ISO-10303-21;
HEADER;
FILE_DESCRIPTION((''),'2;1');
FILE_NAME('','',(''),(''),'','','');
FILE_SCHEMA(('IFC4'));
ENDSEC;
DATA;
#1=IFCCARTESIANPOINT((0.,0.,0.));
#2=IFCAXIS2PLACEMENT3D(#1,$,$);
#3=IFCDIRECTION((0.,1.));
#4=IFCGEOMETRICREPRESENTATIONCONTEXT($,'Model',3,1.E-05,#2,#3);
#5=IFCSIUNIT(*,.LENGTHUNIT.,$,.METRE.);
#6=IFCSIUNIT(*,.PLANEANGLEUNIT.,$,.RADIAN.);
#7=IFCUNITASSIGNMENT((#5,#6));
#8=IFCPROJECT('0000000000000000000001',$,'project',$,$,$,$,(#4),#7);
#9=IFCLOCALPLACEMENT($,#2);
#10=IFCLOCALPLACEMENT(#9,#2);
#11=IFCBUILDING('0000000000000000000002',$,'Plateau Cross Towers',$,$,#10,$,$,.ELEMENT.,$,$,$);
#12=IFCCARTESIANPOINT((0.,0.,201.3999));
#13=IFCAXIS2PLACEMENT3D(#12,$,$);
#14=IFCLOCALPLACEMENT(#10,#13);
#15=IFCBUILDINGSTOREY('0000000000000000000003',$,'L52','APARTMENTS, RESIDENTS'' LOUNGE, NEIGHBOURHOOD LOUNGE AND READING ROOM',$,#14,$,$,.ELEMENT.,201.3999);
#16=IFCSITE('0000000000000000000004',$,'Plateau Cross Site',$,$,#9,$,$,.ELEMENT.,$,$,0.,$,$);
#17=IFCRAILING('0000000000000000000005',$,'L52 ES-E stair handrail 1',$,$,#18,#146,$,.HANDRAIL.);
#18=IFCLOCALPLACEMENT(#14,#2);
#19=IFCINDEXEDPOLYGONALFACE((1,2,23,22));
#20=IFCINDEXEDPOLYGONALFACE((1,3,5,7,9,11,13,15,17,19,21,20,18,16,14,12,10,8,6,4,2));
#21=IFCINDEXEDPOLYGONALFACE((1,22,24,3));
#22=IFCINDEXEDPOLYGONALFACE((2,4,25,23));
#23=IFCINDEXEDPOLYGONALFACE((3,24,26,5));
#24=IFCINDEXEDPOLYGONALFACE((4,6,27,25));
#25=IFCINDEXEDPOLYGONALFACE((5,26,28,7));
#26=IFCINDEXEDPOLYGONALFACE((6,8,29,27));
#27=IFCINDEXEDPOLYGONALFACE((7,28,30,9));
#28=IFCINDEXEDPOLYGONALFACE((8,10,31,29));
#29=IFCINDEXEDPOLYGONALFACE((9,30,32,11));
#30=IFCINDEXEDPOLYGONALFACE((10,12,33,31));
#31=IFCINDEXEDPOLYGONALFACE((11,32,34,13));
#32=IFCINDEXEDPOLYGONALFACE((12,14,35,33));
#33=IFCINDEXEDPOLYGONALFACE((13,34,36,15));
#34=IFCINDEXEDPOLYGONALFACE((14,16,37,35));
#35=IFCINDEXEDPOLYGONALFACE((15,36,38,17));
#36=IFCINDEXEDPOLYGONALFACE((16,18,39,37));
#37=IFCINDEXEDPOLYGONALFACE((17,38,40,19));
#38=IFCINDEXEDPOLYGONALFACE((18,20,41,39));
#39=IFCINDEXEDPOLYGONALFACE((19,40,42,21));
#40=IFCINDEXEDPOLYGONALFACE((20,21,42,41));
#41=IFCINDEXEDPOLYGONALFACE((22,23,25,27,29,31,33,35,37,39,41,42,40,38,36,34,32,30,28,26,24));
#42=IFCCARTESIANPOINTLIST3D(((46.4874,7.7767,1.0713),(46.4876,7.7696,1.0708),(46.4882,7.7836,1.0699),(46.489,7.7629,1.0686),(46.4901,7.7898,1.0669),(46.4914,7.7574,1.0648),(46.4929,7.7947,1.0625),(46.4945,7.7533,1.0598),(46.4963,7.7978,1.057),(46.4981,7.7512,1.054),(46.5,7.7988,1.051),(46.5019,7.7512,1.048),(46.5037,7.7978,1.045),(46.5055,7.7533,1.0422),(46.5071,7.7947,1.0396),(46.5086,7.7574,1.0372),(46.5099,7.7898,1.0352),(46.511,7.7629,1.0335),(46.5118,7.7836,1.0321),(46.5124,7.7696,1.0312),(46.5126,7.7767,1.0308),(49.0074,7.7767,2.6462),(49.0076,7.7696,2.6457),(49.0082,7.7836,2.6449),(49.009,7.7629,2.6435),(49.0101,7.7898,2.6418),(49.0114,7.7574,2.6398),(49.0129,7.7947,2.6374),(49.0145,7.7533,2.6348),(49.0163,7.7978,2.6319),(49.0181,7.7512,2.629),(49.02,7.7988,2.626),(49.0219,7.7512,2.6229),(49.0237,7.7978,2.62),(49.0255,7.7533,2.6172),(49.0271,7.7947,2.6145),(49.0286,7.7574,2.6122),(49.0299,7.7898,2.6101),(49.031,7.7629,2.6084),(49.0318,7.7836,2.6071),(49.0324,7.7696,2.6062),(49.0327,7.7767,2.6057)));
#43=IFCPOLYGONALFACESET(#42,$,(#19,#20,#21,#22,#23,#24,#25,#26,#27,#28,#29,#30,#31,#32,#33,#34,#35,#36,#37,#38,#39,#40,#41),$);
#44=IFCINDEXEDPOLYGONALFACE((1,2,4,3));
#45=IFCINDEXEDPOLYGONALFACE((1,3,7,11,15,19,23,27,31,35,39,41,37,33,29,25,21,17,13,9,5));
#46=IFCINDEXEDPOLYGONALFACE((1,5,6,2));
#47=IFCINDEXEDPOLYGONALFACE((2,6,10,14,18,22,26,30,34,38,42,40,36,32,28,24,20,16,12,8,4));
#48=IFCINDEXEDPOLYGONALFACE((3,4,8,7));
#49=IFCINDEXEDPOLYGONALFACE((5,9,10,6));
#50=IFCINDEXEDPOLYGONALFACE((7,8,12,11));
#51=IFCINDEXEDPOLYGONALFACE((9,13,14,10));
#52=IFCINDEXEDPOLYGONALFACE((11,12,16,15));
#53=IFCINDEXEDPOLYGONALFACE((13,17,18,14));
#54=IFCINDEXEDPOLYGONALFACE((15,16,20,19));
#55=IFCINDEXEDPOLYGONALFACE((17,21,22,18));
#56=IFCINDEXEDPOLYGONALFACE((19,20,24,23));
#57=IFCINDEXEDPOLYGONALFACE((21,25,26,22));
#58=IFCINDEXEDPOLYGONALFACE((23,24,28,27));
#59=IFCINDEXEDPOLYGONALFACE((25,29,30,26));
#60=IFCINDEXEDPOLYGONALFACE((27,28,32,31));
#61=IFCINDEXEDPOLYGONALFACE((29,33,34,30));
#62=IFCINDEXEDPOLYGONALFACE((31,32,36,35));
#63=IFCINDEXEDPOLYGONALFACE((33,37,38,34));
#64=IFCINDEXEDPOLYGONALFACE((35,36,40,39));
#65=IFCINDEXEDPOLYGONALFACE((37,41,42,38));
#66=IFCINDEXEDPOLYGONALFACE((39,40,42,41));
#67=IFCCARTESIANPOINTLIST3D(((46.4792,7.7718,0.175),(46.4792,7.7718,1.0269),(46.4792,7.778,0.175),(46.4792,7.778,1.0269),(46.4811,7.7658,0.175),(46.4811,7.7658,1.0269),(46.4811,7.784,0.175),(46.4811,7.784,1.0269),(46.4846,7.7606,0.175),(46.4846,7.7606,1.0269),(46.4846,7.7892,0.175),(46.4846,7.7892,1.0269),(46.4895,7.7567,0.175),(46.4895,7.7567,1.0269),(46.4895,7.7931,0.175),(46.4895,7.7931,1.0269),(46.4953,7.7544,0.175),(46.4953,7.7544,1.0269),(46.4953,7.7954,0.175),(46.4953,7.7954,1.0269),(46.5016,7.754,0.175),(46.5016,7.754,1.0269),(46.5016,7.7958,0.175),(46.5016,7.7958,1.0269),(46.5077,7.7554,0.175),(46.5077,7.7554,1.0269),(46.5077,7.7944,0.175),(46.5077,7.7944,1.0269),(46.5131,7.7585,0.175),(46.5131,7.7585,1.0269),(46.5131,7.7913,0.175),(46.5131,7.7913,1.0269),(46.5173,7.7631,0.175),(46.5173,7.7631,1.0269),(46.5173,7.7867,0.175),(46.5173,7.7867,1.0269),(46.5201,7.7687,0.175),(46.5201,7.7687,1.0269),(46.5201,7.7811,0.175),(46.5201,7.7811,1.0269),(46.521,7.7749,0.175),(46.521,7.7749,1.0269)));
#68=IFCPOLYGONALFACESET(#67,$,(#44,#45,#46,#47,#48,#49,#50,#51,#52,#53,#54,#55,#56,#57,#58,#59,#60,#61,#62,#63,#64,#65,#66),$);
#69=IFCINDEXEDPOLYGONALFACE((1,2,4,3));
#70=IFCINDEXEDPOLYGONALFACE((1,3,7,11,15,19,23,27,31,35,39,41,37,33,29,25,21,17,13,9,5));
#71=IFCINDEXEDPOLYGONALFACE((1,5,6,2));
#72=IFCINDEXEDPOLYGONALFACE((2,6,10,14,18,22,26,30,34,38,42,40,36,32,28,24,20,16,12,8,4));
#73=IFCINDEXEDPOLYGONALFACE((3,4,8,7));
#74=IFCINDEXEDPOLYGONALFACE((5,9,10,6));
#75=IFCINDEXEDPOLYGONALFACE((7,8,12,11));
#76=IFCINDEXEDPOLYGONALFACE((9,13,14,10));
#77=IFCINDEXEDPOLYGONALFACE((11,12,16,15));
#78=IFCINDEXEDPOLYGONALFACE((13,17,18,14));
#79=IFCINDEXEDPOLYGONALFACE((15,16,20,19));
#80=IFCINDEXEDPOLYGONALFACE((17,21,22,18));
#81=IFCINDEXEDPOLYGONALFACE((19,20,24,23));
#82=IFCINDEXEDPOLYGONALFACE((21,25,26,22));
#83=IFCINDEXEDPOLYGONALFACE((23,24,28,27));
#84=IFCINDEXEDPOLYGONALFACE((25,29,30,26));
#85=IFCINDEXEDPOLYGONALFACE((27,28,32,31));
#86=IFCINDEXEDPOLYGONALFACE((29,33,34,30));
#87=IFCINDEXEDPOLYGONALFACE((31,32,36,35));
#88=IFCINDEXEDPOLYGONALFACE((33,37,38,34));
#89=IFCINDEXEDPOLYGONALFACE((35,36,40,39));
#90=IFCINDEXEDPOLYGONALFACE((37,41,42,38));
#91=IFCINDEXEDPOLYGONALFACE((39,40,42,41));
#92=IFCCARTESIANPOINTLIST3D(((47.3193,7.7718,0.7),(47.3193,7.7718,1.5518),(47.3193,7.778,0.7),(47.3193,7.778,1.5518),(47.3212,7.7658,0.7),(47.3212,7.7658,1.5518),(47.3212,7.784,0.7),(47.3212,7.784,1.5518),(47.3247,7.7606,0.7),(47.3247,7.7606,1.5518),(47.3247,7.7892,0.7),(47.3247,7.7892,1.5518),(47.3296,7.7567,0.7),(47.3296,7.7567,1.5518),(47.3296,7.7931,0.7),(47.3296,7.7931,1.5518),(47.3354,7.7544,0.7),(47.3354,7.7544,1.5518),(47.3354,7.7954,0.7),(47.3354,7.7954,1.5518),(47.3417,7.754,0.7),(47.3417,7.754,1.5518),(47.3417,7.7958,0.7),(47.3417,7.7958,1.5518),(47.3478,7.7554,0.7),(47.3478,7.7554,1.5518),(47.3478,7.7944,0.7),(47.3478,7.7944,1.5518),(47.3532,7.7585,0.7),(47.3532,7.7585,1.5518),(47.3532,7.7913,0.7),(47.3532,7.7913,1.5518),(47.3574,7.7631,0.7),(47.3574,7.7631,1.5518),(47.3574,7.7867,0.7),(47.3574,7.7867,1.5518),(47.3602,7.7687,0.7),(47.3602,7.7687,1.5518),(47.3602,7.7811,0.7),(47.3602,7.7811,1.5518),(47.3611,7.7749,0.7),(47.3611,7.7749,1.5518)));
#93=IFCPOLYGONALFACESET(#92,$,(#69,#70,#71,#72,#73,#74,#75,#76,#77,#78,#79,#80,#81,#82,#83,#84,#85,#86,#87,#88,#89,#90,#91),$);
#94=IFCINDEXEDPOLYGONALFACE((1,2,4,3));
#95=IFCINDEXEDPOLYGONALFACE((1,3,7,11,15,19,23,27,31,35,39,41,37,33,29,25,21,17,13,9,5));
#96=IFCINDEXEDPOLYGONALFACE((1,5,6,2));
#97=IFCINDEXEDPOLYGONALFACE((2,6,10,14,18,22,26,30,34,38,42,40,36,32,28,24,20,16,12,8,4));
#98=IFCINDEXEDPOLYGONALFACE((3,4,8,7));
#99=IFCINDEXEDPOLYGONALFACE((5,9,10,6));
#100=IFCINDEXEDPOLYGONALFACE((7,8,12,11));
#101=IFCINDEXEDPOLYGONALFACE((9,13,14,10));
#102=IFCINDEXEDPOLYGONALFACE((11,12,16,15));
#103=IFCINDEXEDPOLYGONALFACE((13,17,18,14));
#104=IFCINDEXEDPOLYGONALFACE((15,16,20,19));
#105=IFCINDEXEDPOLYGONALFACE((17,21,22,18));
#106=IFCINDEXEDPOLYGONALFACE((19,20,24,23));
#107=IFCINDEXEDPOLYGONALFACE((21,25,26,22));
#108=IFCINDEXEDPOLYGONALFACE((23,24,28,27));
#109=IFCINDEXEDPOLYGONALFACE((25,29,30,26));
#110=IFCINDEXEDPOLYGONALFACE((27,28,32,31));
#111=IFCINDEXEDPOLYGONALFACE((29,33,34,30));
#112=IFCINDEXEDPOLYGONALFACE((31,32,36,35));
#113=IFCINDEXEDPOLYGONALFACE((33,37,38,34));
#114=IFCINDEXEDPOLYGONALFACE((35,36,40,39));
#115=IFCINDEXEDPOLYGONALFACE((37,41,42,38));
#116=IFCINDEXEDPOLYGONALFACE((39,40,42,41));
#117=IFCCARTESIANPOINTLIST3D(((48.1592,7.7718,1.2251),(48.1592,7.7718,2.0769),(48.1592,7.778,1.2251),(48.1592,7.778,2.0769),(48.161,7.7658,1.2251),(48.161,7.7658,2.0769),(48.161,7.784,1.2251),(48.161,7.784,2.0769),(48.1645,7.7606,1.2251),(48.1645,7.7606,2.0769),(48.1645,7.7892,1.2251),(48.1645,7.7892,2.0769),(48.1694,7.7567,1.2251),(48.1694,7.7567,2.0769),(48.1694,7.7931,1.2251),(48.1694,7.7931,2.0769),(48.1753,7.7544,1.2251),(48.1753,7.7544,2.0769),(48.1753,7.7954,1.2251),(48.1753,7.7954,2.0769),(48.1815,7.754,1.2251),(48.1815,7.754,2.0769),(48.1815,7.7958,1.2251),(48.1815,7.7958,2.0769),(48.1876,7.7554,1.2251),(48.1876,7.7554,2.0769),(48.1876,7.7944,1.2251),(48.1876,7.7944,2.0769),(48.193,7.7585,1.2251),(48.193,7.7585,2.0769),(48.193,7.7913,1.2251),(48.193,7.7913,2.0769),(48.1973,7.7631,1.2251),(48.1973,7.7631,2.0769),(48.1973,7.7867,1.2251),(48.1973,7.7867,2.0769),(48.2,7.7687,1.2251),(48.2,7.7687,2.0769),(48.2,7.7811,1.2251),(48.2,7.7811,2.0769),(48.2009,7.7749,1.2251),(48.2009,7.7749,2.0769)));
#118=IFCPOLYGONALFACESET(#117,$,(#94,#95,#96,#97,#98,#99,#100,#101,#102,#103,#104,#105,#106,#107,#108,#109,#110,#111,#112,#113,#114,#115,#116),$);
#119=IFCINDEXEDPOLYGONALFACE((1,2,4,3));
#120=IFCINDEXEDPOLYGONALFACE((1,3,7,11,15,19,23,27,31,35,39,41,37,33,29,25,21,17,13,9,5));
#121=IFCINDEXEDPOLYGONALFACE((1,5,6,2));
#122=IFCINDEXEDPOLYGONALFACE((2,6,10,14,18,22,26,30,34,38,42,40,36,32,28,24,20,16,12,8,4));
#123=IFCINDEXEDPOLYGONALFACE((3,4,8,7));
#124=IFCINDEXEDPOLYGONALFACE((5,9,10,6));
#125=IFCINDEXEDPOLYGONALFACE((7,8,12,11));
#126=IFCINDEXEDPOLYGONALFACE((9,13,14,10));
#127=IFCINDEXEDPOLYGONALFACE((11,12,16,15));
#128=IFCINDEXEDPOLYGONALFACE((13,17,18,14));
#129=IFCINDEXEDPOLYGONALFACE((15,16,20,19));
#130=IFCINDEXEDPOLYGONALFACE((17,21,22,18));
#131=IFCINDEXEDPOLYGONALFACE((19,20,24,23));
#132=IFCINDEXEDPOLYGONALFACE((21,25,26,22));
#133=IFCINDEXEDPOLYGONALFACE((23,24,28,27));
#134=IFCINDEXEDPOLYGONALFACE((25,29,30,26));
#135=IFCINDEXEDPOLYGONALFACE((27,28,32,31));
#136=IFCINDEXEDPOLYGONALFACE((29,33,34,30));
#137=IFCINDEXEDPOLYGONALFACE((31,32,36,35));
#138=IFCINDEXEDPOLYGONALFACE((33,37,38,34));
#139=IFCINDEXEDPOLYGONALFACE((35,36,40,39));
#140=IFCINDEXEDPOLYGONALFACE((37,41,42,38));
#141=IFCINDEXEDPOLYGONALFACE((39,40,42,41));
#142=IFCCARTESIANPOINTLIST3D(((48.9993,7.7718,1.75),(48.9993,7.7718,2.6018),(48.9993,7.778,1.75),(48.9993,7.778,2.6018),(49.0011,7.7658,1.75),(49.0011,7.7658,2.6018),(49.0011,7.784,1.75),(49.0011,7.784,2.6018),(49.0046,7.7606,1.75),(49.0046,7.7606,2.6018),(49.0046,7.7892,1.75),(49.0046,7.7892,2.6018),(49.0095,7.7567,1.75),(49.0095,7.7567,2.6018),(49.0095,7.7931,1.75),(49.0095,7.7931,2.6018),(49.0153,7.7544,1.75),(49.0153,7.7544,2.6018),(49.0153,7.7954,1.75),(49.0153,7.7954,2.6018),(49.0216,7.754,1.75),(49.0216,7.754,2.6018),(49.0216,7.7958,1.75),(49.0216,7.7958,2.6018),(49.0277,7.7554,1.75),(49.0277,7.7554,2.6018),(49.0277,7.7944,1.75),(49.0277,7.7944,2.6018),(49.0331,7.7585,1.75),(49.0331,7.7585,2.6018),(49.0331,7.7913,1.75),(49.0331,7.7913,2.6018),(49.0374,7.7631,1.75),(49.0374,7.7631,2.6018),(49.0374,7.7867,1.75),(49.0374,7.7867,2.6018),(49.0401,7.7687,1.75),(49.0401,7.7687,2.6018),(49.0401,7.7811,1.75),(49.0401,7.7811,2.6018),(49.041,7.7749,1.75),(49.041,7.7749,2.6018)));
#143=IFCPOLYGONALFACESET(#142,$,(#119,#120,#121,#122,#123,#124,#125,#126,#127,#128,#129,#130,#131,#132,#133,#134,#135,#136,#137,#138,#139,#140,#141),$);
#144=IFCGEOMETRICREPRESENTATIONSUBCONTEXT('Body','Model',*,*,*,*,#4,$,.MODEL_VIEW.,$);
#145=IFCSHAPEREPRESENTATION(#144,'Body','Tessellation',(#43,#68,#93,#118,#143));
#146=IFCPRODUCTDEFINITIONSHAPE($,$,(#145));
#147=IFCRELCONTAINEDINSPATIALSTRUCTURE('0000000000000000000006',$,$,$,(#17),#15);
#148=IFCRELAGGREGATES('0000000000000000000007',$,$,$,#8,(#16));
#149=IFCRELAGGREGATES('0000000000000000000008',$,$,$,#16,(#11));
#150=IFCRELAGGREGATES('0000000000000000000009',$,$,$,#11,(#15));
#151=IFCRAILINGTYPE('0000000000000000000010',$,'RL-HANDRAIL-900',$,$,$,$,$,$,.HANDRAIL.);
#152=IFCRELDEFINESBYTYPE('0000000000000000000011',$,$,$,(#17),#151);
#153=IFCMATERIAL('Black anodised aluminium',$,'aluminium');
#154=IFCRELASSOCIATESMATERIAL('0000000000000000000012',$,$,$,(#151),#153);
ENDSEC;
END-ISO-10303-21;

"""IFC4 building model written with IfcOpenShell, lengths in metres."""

from ifc_helpers import new_model, si_unit, direction, frame, origin, origin_2d, place, context, subcontext, project, spatial, circle, extrude, material, type_object, element, save


model = new_model("IFC4")

# Units and contexts
model_context = context("Model", 3, precision=1e-05, world=origin(), true_north=direction((0.0, 1.0)))
body_context = subcontext(model_context, "Body", "Model", "MODEL_VIEW")
ifc_project = project(units=[si_unit("LENGTHUNIT", "METRE"), si_unit("PLANEANGLEUNIT", "RADIAN")], contexts=[model_context])

# Site, building, storey
site_placement = place(None, origin())
site = spatial("IfcSite", under=ifc_project, at=site_placement, Name="Plateau Cross Site", CompositionType="ELEMENT", RefElevation=0.0)
building_placement = place(site_placement, origin())
building = spatial("IfcBuilding", under=site, at=building_placement, Name="Plateau Cross Towers", CompositionType="ELEMENT")
storey_placement = place(building_placement, frame((0.0, 0.0, 201.3999)))
storey = spatial("IfcBuildingStorey", under=building, at=storey_placement, Name="L52", Description="APARTMENTS, RESIDENTS' LOUNGE, NEIGHBOURHOOD LOUNGE AND READING ROOM", CompositionType="ELEMENT", Elevation=201.3999)

# Shared definitions
ifc_material_1 = material(Name="Black anodised aluminium", Category="aluminium")

# Railing
railing_type_1 = type_object("IfcRailingType", Name="RL-HANDRAIL-900", PredefinedType="HANDRAIL", material=ifc_material_1)
railing_1_placement = place(storey_placement, frame((46.5, 7.7749, 0.175)))
element("IfcRailing", 1, at=railing_1_placement, inside=storey, type_object=railing_type_1, Name="L52 ES-E stair handrail 1", PredefinedType="HANDRAIL", context=body_context, shape_type="SweptSolid", body=[
    extrude(circle(Radius=0.0239, at=origin_2d()), frame((0.0, 0.0, 0.876), z_axis=(0.848008, 0.0, 0.529984), x_axis=(0.0, 1.0, 0.0)), (0.0, 0.0, 1.0), 2.9717),
    extrude(circle(Radius=0.021, at=origin_2d()), origin(), (0.0, 0.0, 1.0), 0.8518),
    extrude(circle(Radius=0.021, at=origin_2d()), frame((0.8401, 0.0, 0.5249)), (0.0, 0.0, 1.0), 0.8518),
    extrude(circle(Radius=0.021, at=origin_2d()), frame((1.6799, 0.0, 1.05)), (0.0, 0.0, 1.0), 0.8518),
    extrude(circle(Radius=0.021, at=origin_2d()), frame((2.52, 0.0, 1.575)), (0.0, 0.0, 1.0), 0.8518),
])

save(model, "model.ifc")
